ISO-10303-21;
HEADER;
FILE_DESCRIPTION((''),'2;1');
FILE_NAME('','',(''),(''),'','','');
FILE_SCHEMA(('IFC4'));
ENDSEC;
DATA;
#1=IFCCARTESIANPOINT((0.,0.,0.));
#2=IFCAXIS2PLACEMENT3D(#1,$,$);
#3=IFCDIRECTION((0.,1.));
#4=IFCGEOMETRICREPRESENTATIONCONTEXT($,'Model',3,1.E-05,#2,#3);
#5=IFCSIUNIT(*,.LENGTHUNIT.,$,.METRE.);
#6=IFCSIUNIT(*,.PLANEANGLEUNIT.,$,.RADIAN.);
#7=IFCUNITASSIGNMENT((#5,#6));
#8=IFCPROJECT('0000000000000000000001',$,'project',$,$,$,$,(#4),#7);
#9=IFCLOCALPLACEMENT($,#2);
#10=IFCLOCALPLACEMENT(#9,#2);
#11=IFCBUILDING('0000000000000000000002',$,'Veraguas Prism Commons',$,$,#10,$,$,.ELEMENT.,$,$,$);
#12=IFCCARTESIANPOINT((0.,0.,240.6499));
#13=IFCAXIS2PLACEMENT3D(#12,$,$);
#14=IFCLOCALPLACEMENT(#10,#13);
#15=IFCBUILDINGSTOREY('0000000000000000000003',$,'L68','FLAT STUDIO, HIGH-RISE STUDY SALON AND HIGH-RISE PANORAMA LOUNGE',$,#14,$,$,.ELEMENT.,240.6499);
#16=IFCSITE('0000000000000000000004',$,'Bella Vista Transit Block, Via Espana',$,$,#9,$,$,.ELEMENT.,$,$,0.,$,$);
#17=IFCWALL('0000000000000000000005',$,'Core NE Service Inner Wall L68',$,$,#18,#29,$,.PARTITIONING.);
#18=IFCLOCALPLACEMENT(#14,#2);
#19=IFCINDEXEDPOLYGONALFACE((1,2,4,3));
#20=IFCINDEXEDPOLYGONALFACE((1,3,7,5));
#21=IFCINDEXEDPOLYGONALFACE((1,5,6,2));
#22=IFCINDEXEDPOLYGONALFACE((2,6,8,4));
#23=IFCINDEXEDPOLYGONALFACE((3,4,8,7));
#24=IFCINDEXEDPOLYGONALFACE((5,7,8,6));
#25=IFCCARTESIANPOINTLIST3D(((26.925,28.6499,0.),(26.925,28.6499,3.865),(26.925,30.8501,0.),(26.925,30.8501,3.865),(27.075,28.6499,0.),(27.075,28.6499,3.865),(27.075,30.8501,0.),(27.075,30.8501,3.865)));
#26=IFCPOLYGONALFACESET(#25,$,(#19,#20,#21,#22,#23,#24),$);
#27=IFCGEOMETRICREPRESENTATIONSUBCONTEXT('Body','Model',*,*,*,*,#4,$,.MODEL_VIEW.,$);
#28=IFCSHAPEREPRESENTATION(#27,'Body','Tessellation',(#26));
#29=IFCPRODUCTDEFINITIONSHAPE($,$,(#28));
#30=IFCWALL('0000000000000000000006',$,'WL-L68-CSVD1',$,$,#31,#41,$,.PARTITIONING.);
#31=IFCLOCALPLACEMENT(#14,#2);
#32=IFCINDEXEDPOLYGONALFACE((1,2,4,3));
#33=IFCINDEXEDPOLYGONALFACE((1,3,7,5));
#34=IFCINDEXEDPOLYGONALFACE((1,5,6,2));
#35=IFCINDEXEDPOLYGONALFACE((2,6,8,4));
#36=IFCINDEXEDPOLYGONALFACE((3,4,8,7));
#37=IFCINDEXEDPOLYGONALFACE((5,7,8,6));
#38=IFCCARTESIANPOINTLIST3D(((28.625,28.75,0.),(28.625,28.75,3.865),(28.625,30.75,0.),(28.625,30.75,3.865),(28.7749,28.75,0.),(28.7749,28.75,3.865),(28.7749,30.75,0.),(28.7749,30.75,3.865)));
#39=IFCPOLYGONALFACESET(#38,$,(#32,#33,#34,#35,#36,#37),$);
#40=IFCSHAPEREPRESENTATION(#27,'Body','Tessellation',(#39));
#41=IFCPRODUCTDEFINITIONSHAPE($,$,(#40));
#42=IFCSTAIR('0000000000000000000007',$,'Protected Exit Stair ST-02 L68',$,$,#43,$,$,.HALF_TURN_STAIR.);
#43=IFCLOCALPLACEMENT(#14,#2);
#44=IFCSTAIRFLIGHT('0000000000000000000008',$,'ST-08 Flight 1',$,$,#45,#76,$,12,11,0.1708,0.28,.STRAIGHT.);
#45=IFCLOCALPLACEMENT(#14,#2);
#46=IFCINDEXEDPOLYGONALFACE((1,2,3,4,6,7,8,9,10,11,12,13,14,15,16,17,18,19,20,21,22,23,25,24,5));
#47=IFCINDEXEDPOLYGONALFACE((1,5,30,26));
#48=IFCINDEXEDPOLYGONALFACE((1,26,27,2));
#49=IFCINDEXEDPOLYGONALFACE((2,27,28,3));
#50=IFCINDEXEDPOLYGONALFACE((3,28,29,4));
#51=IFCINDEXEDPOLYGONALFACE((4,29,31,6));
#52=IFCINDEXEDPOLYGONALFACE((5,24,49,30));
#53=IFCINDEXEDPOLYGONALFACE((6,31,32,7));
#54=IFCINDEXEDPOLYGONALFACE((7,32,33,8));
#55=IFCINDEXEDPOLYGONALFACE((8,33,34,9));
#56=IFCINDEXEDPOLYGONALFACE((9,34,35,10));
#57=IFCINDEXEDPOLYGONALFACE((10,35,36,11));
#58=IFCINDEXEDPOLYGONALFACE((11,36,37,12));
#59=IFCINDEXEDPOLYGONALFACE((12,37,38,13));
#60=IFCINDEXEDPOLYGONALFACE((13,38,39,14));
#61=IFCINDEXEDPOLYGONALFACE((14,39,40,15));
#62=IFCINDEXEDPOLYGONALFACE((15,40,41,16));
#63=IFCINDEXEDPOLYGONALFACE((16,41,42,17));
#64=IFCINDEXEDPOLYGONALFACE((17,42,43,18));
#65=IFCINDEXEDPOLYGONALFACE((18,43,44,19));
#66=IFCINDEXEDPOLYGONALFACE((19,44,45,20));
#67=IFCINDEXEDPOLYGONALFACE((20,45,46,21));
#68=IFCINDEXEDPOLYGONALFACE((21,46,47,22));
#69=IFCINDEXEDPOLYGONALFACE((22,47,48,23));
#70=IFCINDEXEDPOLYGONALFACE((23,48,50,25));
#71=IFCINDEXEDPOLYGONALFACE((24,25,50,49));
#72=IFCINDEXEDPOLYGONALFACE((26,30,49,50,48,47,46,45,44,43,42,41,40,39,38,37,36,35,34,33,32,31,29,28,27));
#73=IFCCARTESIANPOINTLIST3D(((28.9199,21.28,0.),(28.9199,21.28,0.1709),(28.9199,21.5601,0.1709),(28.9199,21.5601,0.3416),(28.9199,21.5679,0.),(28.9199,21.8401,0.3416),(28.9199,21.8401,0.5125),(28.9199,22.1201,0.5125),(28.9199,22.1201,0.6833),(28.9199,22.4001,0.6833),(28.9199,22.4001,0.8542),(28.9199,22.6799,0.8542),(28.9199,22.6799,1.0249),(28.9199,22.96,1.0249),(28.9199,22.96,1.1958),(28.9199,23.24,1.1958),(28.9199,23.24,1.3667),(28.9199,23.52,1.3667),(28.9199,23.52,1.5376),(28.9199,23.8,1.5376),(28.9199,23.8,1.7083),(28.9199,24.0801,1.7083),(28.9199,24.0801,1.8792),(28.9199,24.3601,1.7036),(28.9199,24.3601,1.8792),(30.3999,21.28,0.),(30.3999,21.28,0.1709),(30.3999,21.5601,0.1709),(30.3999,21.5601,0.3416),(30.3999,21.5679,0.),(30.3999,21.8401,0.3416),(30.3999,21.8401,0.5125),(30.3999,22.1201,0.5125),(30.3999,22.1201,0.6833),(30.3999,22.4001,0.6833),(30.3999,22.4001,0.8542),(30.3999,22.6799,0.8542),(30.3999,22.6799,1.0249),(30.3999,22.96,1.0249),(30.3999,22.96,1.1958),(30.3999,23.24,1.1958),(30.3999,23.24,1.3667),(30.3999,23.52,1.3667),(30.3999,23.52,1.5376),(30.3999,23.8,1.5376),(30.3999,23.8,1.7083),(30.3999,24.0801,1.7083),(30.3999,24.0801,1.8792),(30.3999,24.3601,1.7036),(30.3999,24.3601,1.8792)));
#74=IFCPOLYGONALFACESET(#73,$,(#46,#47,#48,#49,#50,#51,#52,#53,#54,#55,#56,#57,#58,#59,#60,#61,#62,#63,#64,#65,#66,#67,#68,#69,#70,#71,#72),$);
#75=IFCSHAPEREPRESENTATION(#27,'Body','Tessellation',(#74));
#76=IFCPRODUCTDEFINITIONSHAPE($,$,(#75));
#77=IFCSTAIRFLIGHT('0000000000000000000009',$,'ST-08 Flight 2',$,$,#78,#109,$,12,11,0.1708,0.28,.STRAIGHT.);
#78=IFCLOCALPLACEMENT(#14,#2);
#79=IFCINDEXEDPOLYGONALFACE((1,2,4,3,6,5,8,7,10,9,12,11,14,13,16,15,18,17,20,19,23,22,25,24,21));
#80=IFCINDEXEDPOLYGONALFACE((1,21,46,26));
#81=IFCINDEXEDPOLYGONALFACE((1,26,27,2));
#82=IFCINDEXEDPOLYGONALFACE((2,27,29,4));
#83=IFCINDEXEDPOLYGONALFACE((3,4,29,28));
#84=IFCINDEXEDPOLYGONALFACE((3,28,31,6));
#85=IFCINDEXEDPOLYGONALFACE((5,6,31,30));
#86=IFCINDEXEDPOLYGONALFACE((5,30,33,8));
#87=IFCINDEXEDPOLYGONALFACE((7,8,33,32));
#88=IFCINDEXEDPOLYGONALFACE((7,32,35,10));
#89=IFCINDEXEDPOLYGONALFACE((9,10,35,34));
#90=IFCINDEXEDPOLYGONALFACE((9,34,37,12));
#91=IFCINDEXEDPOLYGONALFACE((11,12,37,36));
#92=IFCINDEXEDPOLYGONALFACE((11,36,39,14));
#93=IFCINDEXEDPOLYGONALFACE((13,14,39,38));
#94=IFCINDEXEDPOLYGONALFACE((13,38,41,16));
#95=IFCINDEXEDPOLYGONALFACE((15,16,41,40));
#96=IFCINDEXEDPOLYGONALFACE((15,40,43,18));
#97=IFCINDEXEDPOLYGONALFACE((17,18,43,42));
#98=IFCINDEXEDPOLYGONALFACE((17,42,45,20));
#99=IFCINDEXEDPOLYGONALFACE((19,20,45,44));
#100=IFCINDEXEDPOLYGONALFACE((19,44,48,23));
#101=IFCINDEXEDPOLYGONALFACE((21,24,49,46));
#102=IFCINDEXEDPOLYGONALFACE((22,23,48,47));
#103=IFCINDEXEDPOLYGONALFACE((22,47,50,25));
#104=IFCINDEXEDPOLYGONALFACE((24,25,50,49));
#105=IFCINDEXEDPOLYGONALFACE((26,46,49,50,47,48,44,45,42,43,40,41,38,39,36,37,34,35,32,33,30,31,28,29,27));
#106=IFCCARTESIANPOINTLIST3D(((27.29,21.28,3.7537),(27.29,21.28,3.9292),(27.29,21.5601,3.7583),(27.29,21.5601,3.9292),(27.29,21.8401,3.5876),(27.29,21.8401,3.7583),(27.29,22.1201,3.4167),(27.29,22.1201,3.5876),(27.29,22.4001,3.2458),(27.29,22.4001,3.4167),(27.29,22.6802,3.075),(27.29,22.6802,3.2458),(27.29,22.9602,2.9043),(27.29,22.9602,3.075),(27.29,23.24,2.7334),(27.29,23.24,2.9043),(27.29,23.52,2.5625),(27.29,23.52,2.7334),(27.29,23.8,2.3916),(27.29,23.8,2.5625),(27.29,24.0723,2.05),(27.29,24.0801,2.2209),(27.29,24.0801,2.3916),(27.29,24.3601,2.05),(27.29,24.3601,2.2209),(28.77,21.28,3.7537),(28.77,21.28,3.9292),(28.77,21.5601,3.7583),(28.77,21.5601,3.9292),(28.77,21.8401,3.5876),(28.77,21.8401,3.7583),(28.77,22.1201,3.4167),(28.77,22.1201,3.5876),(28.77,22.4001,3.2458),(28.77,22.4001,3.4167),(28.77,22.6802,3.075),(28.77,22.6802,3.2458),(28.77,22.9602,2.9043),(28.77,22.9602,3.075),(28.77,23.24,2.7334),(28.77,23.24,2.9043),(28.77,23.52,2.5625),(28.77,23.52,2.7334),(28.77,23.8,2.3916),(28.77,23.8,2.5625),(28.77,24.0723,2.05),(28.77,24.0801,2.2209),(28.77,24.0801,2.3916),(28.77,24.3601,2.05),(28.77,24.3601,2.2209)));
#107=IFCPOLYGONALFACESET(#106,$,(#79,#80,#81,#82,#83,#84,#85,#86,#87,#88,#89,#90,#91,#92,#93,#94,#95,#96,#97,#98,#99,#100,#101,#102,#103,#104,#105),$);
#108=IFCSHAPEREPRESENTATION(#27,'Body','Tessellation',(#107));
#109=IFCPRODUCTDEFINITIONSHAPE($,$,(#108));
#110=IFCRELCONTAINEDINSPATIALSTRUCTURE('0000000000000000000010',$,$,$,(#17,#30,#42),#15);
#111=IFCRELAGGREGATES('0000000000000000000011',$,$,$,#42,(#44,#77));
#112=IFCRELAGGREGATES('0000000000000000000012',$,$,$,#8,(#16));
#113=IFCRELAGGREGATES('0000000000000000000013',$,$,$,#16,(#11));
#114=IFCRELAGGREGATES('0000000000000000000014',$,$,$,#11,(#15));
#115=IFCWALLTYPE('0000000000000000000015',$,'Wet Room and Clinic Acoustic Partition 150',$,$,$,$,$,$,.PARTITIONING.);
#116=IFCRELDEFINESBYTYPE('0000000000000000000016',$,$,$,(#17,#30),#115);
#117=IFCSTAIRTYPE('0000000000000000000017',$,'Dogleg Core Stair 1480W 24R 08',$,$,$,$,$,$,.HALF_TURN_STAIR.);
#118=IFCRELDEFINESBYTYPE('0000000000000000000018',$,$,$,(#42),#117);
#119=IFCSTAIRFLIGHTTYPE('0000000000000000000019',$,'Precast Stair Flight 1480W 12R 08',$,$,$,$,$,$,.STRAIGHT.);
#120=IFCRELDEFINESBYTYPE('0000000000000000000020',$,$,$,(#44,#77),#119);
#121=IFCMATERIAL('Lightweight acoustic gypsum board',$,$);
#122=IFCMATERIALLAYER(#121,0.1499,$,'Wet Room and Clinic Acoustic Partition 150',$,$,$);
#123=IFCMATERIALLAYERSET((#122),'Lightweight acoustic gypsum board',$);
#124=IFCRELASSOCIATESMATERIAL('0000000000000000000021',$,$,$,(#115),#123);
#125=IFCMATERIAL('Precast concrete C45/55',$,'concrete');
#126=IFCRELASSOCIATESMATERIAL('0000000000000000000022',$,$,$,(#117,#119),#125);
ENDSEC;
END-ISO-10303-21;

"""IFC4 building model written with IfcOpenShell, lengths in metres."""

from ifc_helpers import new_model, si_unit, direction, frame, frame_2d, origin, place, context, subcontext, project, spatial, polyline, rectangle, outline, extrude, material, layer, layer_set, type_object, element, aggregate, save


model = new_model("IFC4")

# Units and contexts
model_context = context("Model", 3, precision=1e-05, world=origin(), true_north=direction((0.0, 1.0)))
body_context = subcontext(model_context, "Body", "Model", "MODEL_VIEW")
ifc_project = project(units=[si_unit("LENGTHUNIT", "METRE"), si_unit("PLANEANGLEUNIT", "RADIAN")], contexts=[model_context])

# Site, building, storey
site_placement = place(None, origin())
site = spatial("IfcSite", under=ifc_project, at=site_placement, Name="Bella Vista Transit Block, Via Espana", CompositionType="ELEMENT", RefElevation=0.0)
building_placement = place(site_placement, origin())
building = spatial("IfcBuilding", under=site, at=building_placement, Name="Veraguas Prism Commons", CompositionType="ELEMENT")
storey_placement = place(building_placement, frame((0.0, 0.0, 240.6499)))
storey = spatial("IfcBuildingStorey", under=building, at=storey_placement, Name="L68", Description="FLAT STUDIO, HIGH-RISE STUDY SALON AND HIGH-RISE PANORAMA LOUNGE", CompositionType="ELEMENT", Elevation=240.6499)

# Walls
ifc_material_1 = material(Name="Lightweight acoustic gypsum board")
ifc_layer_1 = layer(ifc_material_1, 0.1499, Name="Wet Room and Clinic Acoustic Partition 150")
ifc_layer_set_1 = layer_set([ifc_layer_1], Name="Lightweight acoustic gypsum board")
wall_type_1 = type_object("IfcWallType", Name="Wet Room and Clinic Acoustic Partition 150", PredefinedType="PARTITIONING", material=ifc_layer_set_1)
wall_1_placement = place(storey_placement, frame((27.0, 28.6499, 0.0), z_axis=(0.0, 0.0, 1.0), x_axis=(0.0, 1.0, 0.0)))
element("IfcWall", 1, at=wall_1_placement, inside=storey, type_object=wall_type_1, Name="Core NE Service Inner Wall L68", PredefinedType="PARTITIONING", context=body_context, shape_type="SweptSolid", body=[
    extrude(rectangle(XDim=2.2002, YDim=0.1499, at=frame_2d((1.1001, 0.0))), origin(), (0.0, 0.0, 1.0), 3.865),
])
wall_2_placement = place(storey_placement, frame((28.7, 28.75, 0.0), z_axis=(0.0, 0.0, 1.0), x_axis=(0.0, 1.0, 0.0)))
element("IfcWall", 2, at=wall_2_placement, inside=storey, type_object=wall_type_1, Name="WL-L68-CSVD1", PredefinedType="PARTITIONING", context=body_context, shape_type="SweptSolid", body=[
    extrude(rectangle(XDim=2.0, YDim=0.1499, at=frame_2d((1.0, 0.0))), origin(), (0.0, 0.0, 1.0), 3.865),
])

# Stair, stair flights
ifc_material_2 = material(Name="Precast concrete C45/55", Category="concrete")
stair_type = type_object("IfcStairType", Name="Dogleg Core Stair 1480W 24R 08", PredefinedType="HALF_TURN_STAIR", material=ifc_material_2)
stair_placement = place(storey_placement, origin())
stair = element("IfcStair", 3, at=stair_placement, inside=storey, type_object=stair_type, Name="Protected Exit Stair ST-02 L68", PredefinedType="HALF_TURN_STAIR")
stair_flight_type = type_object("IfcStairFlightType", Name="Precast Stair Flight 1480W 12R 08", PredefinedType="STRAIGHT", material=ifc_material_2)
stair_flight_1_placement = place(storey_placement, frame((29.6599, 21.28, 0.0), z_axis=(0.0, 0.0, 1.0), x_axis=(0.0, 1.0, 0.0)))
stair_flight_1 = element("IfcStairFlight", 4, at=stair_flight_1_placement, type_object=stair_flight_type, Name="ST-08 Flight 1", NumberOfRisers=12, NumberOfTreads=11, PredefinedType="STRAIGHT", RiserHeight=0.1708, TreadLength=0.28, context=body_context, shape_type="SweptSolid", body=[
    extrude(outline(polyline([(0.0, 0.0), (0.0, 0.1709), (0.28, 0.1709), (0.28, 0.3416), (0.5601, 0.3416), (0.5601, 0.5125), (0.8401, 0.5125), (0.8401, 0.6833), (1.1201, 0.6833), (1.1201, 0.8542), (1.3999, 0.8542), (1.3999, 1.0249), (1.6799, 1.0249), (1.6799, 1.1958), (1.96, 1.1958), (1.96, 1.3667), (2.24, 1.3667), (2.24, 1.5376), (2.52, 1.5376), (2.52, 1.7083), (2.8, 1.7083), (2.8, 1.8792), (3.0801, 1.8792), (3.0801, 2.05), (3.0801, 1.7036), (0.2878, 0.0), (0.0, 0.0)])), frame((0.0, 0.74, 0.0), z_axis=(0.0, -1.0, 0.0), x_axis=(1.0, 0.0, 0.0)), (0.0, 0.0, 1.0), 1.48),
])
stair_flight_2_placement = place(storey_placement, frame((28.03, 24.3601, 2.05), z_axis=(0.0, 0.0, 1.0), x_axis=(0.0, -1.0, 0.0)))
stair_flight_2 = element("IfcStairFlight", 5, at=stair_flight_2_placement, type_object=stair_flight_type, Name="ST-08 Flight 2", NumberOfRisers=12, NumberOfTreads=11, PredefinedType="STRAIGHT", RiserHeight=0.1708, TreadLength=0.28, context=body_context, shape_type="SweptSolid", body=[
    extrude(outline(polyline([(0.0, 0.0), (0.0, 0.1709), (0.28, 0.1709), (0.28, 0.3416), (0.5601, 0.3416), (0.5601, 0.5125), (0.8401, 0.5125), (0.8401, 0.6833), (1.1201, 0.6833), (1.1201, 0.8542), (1.3999, 0.8542), (1.3999, 1.0249), (1.6799, 1.0249), (1.6799, 1.1958), (1.96, 1.1958), (1.96, 1.3667), (2.24, 1.3667), (2.24, 1.5376), (2.52, 1.5376), (2.52, 1.7083), (2.8, 1.7083), (2.8, 1.8792), (3.0801, 1.8792), (3.0801, 2.05), (3.0801, 1.7036), (0.2878, 0.0), (0.0, 0.0)])), frame((0.0, 0.74, 0.0), z_axis=(0.0, -1.0, 0.0), x_axis=(1.0, 0.0, 0.0)), (0.0, 0.0, 1.0), 1.48),
])
aggregate(stair, [stair_flight_1, stair_flight_2])

save(model, "model.ifc")
